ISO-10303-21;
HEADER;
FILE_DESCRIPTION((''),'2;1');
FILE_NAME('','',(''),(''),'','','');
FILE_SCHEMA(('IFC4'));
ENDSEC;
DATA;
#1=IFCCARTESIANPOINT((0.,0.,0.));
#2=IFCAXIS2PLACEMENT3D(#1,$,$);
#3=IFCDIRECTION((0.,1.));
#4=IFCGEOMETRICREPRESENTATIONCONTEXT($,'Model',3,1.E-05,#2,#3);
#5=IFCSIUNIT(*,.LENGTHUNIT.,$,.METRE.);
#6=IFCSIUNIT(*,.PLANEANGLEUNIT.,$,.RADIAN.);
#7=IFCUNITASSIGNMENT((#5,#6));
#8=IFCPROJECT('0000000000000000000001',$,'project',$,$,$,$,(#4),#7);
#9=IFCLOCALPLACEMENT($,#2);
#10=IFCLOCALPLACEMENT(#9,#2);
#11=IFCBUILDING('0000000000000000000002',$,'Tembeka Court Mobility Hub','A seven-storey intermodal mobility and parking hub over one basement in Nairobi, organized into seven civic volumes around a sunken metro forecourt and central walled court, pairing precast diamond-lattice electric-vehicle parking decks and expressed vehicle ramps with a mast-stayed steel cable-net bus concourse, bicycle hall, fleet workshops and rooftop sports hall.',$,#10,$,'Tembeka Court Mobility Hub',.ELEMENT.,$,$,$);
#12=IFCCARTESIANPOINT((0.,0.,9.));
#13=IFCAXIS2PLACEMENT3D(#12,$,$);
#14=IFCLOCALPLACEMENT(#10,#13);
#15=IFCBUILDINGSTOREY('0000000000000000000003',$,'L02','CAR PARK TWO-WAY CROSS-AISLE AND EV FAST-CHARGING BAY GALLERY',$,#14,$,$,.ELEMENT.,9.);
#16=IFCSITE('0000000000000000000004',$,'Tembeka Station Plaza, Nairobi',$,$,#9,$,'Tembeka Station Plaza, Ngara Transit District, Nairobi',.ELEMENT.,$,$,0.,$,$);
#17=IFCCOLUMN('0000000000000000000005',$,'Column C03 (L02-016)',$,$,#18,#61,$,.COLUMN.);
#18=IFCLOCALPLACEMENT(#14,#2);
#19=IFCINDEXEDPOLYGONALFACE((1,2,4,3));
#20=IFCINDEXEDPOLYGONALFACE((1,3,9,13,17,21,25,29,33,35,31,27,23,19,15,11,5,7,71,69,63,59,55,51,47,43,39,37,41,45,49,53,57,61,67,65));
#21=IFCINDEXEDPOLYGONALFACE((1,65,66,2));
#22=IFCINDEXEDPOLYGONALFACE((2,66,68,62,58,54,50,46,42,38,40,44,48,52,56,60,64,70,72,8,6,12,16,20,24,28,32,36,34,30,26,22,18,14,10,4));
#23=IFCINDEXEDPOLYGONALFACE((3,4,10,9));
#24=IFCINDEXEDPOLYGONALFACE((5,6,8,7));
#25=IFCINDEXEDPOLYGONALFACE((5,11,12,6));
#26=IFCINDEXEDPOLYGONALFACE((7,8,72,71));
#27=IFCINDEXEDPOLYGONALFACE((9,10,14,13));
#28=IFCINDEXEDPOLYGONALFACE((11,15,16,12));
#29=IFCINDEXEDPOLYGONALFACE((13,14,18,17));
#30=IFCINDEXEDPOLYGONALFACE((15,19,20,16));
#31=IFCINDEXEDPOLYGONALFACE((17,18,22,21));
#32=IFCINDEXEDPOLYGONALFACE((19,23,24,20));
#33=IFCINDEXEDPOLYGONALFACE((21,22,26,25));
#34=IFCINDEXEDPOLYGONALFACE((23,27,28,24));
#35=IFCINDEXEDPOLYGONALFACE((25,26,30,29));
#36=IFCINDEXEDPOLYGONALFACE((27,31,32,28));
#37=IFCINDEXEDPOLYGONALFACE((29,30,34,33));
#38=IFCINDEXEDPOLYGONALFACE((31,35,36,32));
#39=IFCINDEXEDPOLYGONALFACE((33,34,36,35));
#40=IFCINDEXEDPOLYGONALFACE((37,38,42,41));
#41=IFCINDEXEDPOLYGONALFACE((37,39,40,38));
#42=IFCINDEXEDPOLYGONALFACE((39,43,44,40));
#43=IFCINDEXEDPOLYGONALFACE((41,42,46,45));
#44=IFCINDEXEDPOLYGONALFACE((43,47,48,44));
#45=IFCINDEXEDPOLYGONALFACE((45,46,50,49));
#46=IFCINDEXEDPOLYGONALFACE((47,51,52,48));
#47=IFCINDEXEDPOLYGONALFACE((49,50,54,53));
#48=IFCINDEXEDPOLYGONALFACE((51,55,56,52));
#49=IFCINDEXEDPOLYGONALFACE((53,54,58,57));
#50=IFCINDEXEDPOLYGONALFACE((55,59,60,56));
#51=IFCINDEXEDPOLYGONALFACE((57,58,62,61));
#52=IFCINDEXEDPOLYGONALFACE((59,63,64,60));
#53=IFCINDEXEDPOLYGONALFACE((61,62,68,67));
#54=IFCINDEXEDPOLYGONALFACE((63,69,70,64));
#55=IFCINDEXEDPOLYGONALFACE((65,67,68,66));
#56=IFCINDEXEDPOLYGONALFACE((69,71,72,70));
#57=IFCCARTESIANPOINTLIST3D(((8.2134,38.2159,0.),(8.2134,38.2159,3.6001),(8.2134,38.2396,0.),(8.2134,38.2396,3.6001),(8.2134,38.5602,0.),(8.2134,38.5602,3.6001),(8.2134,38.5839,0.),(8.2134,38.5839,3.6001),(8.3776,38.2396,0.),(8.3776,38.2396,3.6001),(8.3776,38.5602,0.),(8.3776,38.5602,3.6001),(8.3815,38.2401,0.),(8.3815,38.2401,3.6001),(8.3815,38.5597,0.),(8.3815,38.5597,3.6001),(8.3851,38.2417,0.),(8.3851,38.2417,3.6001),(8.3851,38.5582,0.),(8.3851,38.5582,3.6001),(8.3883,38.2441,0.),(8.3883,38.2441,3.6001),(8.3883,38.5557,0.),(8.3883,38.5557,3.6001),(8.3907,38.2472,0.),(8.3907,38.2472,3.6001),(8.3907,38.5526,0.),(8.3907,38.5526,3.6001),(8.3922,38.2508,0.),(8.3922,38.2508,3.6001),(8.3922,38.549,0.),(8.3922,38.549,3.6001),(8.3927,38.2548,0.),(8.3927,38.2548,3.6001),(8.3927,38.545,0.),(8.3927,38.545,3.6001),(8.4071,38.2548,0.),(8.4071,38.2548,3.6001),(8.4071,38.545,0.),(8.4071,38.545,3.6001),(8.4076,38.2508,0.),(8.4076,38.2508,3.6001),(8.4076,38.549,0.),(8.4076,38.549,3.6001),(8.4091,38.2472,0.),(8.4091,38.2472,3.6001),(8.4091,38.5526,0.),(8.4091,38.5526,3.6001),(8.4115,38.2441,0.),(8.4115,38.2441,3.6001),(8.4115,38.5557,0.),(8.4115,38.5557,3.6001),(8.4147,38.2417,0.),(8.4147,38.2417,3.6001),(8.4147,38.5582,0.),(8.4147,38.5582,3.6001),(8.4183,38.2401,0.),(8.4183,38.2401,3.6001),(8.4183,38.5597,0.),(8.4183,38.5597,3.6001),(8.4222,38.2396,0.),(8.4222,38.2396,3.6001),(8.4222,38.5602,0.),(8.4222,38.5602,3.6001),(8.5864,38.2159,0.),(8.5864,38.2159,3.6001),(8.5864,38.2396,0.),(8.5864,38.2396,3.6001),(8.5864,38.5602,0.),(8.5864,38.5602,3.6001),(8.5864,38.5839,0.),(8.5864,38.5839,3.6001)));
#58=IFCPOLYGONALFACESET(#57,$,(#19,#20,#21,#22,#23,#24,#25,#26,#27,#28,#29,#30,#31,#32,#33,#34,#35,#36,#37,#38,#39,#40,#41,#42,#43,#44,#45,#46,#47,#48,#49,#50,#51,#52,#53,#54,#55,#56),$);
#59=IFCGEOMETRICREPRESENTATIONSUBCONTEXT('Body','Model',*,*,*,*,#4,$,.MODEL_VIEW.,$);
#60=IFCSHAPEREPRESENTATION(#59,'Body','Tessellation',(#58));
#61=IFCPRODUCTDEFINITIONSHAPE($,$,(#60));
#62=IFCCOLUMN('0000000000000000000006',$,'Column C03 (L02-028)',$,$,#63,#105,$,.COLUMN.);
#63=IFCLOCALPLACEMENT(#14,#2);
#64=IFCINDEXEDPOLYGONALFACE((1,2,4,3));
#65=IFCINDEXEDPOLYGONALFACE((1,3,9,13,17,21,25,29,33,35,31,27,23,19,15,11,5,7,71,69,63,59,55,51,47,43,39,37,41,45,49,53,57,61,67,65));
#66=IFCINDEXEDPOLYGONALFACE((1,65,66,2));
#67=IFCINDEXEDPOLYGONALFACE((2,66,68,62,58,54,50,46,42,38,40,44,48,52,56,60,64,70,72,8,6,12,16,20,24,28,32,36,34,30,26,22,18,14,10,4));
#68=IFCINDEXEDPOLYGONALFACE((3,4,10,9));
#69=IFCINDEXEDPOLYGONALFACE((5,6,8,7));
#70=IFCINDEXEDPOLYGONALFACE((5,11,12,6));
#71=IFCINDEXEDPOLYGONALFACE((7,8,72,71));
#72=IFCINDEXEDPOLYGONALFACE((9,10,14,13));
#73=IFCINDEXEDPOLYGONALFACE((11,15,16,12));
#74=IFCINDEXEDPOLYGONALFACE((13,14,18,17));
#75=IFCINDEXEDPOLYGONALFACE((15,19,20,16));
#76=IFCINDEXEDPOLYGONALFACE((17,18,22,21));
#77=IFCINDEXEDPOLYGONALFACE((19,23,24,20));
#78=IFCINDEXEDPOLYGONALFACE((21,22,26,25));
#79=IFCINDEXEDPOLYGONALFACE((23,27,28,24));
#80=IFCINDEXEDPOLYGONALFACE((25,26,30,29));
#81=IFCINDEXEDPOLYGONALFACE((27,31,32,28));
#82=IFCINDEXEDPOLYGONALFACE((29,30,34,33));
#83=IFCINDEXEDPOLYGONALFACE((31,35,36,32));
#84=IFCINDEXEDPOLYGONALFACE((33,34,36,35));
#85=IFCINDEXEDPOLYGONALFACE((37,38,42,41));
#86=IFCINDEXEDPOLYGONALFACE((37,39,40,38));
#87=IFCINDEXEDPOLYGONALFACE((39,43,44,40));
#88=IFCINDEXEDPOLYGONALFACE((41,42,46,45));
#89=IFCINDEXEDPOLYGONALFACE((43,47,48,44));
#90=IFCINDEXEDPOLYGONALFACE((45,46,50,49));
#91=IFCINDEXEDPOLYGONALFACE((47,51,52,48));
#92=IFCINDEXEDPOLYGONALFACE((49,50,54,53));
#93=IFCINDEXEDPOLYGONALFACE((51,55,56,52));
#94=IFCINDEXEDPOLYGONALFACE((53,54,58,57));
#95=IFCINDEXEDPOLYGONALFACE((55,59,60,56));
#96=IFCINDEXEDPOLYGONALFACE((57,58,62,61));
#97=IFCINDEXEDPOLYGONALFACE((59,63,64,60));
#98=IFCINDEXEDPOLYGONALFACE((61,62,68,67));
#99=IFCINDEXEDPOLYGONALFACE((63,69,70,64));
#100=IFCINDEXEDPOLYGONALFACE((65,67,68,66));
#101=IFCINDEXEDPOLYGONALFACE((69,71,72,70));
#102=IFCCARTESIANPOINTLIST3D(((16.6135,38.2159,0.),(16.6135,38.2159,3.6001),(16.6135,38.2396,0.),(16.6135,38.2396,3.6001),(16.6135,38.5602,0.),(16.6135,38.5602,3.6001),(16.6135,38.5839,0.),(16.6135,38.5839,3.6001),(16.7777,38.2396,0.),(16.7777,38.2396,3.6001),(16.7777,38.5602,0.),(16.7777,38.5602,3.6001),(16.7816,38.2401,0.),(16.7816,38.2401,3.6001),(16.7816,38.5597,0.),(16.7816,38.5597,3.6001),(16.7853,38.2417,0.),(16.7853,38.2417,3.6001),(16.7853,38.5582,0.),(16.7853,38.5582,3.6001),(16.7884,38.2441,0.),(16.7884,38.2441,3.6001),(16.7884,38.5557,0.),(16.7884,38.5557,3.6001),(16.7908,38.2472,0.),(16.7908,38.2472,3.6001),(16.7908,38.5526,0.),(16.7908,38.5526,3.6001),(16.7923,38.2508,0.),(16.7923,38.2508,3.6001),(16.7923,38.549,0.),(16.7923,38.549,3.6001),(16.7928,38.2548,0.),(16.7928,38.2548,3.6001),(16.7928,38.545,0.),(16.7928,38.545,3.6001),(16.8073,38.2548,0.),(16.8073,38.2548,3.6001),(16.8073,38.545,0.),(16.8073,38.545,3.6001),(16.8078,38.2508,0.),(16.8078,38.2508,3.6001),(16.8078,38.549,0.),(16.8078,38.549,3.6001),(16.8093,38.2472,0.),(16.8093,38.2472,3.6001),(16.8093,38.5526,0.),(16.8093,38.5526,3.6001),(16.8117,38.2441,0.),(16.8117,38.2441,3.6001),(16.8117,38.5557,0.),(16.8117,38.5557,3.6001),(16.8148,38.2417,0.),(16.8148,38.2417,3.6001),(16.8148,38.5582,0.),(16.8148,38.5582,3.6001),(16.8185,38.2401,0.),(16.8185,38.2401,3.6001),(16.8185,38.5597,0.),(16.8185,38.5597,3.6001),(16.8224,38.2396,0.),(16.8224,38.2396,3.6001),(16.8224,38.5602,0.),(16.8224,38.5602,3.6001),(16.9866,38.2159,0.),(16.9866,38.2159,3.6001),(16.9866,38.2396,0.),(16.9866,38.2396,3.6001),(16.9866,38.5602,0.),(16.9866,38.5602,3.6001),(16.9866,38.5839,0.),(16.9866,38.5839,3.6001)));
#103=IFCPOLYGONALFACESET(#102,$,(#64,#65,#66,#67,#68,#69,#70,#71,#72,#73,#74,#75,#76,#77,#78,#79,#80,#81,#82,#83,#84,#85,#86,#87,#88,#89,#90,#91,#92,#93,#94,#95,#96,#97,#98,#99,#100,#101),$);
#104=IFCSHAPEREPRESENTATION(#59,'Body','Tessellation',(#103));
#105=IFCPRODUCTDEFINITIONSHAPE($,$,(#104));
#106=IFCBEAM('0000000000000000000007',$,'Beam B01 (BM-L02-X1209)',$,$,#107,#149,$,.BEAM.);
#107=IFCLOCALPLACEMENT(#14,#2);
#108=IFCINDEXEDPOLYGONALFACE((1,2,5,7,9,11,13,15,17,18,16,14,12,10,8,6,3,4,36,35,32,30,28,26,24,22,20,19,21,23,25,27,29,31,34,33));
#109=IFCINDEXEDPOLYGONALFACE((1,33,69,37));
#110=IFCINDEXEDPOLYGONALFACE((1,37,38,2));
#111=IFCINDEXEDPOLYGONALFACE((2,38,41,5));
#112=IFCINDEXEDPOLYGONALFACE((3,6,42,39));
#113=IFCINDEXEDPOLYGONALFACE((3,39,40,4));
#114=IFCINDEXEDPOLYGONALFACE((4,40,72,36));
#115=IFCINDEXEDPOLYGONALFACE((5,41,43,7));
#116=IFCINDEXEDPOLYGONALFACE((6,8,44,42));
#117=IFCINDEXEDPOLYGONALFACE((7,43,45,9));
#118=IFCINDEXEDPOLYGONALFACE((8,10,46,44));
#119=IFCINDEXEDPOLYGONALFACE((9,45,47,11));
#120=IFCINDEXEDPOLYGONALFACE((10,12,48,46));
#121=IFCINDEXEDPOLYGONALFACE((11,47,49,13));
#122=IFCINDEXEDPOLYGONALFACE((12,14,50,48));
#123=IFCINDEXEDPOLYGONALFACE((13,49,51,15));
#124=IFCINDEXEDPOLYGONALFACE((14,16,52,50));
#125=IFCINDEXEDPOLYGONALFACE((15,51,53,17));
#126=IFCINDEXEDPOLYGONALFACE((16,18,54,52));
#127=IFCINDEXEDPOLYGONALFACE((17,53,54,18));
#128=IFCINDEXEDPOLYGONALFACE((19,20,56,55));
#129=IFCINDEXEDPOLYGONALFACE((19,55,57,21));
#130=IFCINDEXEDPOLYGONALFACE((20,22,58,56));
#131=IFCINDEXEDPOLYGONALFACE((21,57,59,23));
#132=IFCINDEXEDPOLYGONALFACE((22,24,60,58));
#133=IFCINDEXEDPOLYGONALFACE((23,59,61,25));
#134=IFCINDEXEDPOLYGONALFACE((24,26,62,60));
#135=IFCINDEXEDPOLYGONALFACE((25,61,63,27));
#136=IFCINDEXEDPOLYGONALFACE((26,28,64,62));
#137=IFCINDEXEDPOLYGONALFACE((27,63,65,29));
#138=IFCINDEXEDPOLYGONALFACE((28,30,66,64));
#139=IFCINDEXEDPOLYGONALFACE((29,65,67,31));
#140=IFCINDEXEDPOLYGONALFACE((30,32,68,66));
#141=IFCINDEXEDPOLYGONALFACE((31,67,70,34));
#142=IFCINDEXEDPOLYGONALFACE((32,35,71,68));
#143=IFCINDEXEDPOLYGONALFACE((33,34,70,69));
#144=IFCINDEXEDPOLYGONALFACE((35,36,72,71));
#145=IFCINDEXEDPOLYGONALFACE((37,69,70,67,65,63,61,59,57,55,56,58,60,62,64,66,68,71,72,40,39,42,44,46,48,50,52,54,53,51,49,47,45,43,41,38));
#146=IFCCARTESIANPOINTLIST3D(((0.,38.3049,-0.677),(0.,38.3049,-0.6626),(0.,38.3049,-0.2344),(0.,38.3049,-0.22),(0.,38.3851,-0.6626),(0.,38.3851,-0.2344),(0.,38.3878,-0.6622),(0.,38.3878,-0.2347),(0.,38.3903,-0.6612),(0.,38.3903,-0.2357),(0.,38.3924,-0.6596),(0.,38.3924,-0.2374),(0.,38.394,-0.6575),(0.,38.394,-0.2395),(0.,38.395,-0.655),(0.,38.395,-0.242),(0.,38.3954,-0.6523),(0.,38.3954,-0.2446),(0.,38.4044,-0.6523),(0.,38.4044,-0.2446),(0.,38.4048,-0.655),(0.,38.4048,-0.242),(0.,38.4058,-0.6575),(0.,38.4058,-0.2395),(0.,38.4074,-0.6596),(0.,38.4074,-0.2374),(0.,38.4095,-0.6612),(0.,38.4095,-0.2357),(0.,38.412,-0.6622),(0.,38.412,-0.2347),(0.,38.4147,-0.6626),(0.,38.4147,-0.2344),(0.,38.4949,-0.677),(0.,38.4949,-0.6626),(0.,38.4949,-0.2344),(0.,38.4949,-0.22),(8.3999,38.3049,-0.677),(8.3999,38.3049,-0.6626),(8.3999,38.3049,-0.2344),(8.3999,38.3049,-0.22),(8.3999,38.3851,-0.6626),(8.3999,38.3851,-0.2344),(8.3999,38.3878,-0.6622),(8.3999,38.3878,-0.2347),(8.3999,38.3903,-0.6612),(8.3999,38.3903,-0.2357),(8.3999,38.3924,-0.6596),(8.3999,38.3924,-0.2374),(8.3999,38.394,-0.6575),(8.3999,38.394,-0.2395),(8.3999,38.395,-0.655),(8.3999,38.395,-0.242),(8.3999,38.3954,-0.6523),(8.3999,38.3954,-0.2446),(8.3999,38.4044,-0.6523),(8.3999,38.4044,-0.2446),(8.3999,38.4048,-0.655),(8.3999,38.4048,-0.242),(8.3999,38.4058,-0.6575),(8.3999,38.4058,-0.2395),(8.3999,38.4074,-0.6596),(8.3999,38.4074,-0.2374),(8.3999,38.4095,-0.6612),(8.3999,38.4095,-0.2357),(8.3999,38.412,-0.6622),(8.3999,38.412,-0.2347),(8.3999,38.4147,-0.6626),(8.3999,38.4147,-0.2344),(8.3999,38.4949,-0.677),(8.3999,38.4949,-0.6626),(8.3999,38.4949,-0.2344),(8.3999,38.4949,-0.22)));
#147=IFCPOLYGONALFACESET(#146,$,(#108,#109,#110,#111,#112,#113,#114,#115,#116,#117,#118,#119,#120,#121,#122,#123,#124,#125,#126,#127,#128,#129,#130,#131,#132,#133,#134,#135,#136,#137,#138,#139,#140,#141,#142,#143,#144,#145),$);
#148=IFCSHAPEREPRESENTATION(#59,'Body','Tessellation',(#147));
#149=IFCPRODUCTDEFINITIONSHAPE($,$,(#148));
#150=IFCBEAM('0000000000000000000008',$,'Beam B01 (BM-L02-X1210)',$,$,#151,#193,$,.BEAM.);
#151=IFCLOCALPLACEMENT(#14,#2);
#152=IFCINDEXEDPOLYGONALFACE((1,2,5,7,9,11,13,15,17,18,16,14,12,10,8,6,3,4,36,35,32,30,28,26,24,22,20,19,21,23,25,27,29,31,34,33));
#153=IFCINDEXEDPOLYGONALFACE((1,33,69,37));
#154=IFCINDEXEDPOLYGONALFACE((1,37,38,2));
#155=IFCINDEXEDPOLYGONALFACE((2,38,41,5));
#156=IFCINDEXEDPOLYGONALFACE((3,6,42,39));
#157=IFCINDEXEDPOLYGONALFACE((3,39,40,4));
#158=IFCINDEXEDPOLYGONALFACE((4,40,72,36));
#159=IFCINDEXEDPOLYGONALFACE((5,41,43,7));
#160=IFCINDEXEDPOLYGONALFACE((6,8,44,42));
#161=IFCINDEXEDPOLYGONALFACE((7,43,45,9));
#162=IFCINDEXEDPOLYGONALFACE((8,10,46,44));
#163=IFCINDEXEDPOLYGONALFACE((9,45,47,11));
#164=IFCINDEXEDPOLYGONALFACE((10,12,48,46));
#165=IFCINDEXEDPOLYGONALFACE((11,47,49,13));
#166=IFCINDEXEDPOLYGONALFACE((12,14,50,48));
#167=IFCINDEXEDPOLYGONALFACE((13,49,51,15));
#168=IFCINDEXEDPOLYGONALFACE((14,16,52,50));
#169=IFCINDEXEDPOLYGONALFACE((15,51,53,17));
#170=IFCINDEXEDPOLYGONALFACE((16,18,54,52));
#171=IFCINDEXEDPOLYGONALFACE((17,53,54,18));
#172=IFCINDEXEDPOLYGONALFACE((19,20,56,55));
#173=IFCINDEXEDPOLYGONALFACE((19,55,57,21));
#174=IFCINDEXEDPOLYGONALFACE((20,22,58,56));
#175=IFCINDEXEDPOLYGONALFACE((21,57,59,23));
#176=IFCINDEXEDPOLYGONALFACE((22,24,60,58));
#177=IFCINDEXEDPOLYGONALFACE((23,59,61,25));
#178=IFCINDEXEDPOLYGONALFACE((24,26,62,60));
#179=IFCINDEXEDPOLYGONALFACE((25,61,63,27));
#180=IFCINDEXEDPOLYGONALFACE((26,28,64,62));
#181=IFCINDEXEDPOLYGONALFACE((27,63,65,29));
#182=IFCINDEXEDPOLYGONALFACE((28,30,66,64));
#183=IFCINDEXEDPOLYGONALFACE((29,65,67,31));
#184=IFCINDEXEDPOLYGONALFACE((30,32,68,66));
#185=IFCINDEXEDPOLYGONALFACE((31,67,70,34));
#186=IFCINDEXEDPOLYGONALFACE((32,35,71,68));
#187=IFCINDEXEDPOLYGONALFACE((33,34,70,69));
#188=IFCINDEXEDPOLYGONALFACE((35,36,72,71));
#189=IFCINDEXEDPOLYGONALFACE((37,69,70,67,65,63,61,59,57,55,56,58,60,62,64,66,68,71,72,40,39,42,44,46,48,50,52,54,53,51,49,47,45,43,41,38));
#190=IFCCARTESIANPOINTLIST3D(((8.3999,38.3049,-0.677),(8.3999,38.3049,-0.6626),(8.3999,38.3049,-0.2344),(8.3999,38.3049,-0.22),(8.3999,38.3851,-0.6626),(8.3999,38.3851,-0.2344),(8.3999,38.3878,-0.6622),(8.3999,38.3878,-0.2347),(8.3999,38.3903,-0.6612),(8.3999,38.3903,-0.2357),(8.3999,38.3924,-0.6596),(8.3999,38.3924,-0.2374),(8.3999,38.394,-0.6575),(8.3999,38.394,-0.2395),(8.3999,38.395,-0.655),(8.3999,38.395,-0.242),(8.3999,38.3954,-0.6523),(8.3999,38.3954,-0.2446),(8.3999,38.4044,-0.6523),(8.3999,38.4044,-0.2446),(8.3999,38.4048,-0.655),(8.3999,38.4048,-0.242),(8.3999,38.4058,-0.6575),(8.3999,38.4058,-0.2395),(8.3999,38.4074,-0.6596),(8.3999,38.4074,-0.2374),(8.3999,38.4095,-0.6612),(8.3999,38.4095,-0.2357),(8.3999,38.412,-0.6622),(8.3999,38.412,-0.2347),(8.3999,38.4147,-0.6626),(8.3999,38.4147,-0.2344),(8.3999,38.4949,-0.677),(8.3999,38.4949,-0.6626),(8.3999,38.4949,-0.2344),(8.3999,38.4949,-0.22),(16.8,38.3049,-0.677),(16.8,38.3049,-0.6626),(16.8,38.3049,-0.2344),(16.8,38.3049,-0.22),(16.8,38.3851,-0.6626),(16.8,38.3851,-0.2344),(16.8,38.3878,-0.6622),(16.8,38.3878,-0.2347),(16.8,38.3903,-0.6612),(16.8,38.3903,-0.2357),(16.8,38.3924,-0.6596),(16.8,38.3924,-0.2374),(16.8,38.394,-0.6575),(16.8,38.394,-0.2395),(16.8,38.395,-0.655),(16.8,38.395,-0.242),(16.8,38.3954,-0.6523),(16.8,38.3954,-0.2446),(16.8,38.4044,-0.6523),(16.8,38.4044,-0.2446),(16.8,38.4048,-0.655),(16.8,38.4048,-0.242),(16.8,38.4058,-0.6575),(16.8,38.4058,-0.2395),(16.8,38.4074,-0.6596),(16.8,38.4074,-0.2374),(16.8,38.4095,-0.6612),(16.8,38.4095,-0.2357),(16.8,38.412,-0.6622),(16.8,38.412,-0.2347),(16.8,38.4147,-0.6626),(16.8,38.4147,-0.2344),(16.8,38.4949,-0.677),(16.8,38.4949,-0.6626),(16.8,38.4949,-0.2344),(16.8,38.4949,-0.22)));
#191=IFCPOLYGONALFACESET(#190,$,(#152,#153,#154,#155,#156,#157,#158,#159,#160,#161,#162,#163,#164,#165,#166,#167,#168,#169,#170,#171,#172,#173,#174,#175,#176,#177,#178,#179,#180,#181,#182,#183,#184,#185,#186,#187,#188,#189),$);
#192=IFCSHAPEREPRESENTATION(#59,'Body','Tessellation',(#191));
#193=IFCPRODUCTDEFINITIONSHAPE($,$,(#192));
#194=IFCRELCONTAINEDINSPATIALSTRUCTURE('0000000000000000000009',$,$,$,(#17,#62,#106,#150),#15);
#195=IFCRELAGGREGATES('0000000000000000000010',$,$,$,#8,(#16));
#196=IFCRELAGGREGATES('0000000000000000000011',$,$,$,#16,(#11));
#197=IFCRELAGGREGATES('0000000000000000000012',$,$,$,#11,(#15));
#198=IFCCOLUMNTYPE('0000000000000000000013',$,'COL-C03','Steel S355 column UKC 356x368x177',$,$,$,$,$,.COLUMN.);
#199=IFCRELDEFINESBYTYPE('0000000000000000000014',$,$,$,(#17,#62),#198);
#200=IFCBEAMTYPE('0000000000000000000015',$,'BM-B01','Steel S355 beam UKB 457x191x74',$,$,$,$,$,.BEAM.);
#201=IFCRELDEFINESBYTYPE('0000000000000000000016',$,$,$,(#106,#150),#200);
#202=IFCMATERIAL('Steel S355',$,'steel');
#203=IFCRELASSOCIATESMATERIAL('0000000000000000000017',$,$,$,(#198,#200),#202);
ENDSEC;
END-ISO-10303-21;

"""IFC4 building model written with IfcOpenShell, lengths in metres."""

from ifc_helpers import new_model, si_unit, direction, frame, origin, origin_2d, place, context, subcontext, project, spatial, i_section, extrude, material, material_profile, profile_set, type_object, element, save


model = new_model("IFC4")

# Units and contexts
model_context = context("Model", 3, precision=1e-05, world=origin(), true_north=direction((0.0, 1.0)))
body_context = subcontext(model_context, "Body", "Model", "MODEL_VIEW")
ifc_project = project(units=[si_unit("LENGTHUNIT", "METRE"), si_unit("PLANEANGLEUNIT", "RADIAN")], contexts=[model_context])

# Site, building, storey
site_placement = place(None, origin())
site = spatial("IfcSite", under=ifc_project, at=site_placement, Name="Tembeka Station Plaza, Nairobi", LongName="Tembeka Station Plaza, Ngara Transit District, Nairobi", CompositionType="ELEMENT", RefElevation=0.0)
building_placement = place(site_placement, origin())
building = spatial("IfcBuilding", under=site, at=building_placement, Name="Tembeka Court Mobility Hub", Description="A seven-storey intermodal mobility and parking hub over one basement in Nairobi, organized into seven civic volumes around a sunken metro forecourt and central walled court, pairing precast diamond-lattice electric-vehicle parking decks and expressed vehicle ramps with a mast-stayed steel cable-net bus concourse, bicycle hall, fleet workshops and rooftop sports hall.", LongName="Tembeka Court Mobility Hub", CompositionType="ELEMENT")
storey_placement = place(building_placement, frame((0.0, 0.0, 9.0)))
storey = spatial("IfcBuildingStorey", under=building, at=storey_placement, Name="L02", Description="CAR PARK TWO-WAY CROSS-AISLE AND EV FAST-CHARGING BAY GALLERY", CompositionType="ELEMENT", Elevation=9.0)

# Columns
ifc_material_1 = material(Name="Steel S355", Category="steel")
ifc_material_profile_1 = material_profile(ifc_material_1, i_section(OverallWidth=0.373, OverallDepth=0.3679, WebThickness=0.0144, FlangeThickness=0.0237, FilletRadius=0.0151, at=origin_2d()), Name="UKC 356x368x177")
ifc_profile_set_1 = profile_set([ifc_material_profile_1], Name="Steel S355")
column_type = type_object("IfcColumnType", Name="COL-C03", Description="Steel S355 column UKC 356x368x177", PredefinedType="COLUMN", material=ifc_profile_set_1)
for number, where, z_axis, x_axis, name in (
    (1, (8.3999, 38.3999, 0.0), (0.0, 0.0, 1.0), (1.0, 0.0, 0.0), "Column C03 (L02-016)"),
    (2, (16.8, 38.3999, 0.0), (0.0, 0.0, 1.0), (1.0, 0.0, 0.0), "Column C03 (L02-028)"),
):
    element("IfcColumn", number, at=place(storey_placement, frame(where, z_axis=z_axis, x_axis=x_axis)), inside=storey, type_object=column_type, Name=name, PredefinedType="COLUMN", context=body_context, shape_type="SweptSolid", body=[
        extrude(i_section(OverallWidth=0.373, OverallDepth=0.3679, WebThickness=0.0144, FlangeThickness=0.0237, FilletRadius=0.0151, at=origin_2d()), origin(), (0.0, 0.0, 1.0), 3.6001),
    ])

# Beams
ifc_material_profile_2 = material_profile(ifc_material_1, i_section(OverallWidth=0.1899, OverallDepth=0.457, WebThickness=0.009, FlangeThickness=0.0144, FilletRadius=0.0103, at=origin_2d()), Name="UKB 457x191x74")
ifc_profile_set_2 = profile_set([ifc_material_profile_2], Name="Steel S355")
beam_type_1 = type_object("IfcBeamType", Name="BM-B01", Description="Steel S355 beam UKB 457x191x74", PredefinedType="BEAM", material=ifc_profile_set_2)
beam_1_placement = place(storey_placement, frame((0.0, 38.3999, -0.4485), z_axis=(1.0, 0.0, 0.0), x_axis=(0.0, 1.0, 0.0)))
element("IfcBeam", 3, at=beam_1_placement, inside=storey, type_object=beam_type_1, Name="Beam B01 (BM-L02-X1209)", PredefinedType="BEAM", context=body_context, shape_type="SweptSolid", body=[
    extrude(i_section(OverallWidth=0.1899, OverallDepth=0.457, WebThickness=0.009, FlangeThickness=0.0144, FilletRadius=0.0103, at=origin_2d()), origin(), (0.0, 0.0, 1.0), 8.3999),
])
beam_2_placement = place(storey_placement, frame((8.3999, 38.3999, -0.4485), z_axis=(1.0, 0.0, 0.0), x_axis=(0.0, 1.0, 0.0)))
element("IfcBeam", 4, at=beam_2_placement, inside=storey, type_object=beam_type_1, Name="Beam B01 (BM-L02-X1210)", PredefinedType="BEAM", context=body_context, shape_type="SweptSolid", body=[
    extrude(i_section(OverallWidth=0.1899, OverallDepth=0.457, WebThickness=0.009, FlangeThickness=0.0144, FilletRadius=0.0103, at=origin_2d()), origin(), (0.0, 0.0, 1.0), 8.4001),
])

save(model, "model.ifc")
